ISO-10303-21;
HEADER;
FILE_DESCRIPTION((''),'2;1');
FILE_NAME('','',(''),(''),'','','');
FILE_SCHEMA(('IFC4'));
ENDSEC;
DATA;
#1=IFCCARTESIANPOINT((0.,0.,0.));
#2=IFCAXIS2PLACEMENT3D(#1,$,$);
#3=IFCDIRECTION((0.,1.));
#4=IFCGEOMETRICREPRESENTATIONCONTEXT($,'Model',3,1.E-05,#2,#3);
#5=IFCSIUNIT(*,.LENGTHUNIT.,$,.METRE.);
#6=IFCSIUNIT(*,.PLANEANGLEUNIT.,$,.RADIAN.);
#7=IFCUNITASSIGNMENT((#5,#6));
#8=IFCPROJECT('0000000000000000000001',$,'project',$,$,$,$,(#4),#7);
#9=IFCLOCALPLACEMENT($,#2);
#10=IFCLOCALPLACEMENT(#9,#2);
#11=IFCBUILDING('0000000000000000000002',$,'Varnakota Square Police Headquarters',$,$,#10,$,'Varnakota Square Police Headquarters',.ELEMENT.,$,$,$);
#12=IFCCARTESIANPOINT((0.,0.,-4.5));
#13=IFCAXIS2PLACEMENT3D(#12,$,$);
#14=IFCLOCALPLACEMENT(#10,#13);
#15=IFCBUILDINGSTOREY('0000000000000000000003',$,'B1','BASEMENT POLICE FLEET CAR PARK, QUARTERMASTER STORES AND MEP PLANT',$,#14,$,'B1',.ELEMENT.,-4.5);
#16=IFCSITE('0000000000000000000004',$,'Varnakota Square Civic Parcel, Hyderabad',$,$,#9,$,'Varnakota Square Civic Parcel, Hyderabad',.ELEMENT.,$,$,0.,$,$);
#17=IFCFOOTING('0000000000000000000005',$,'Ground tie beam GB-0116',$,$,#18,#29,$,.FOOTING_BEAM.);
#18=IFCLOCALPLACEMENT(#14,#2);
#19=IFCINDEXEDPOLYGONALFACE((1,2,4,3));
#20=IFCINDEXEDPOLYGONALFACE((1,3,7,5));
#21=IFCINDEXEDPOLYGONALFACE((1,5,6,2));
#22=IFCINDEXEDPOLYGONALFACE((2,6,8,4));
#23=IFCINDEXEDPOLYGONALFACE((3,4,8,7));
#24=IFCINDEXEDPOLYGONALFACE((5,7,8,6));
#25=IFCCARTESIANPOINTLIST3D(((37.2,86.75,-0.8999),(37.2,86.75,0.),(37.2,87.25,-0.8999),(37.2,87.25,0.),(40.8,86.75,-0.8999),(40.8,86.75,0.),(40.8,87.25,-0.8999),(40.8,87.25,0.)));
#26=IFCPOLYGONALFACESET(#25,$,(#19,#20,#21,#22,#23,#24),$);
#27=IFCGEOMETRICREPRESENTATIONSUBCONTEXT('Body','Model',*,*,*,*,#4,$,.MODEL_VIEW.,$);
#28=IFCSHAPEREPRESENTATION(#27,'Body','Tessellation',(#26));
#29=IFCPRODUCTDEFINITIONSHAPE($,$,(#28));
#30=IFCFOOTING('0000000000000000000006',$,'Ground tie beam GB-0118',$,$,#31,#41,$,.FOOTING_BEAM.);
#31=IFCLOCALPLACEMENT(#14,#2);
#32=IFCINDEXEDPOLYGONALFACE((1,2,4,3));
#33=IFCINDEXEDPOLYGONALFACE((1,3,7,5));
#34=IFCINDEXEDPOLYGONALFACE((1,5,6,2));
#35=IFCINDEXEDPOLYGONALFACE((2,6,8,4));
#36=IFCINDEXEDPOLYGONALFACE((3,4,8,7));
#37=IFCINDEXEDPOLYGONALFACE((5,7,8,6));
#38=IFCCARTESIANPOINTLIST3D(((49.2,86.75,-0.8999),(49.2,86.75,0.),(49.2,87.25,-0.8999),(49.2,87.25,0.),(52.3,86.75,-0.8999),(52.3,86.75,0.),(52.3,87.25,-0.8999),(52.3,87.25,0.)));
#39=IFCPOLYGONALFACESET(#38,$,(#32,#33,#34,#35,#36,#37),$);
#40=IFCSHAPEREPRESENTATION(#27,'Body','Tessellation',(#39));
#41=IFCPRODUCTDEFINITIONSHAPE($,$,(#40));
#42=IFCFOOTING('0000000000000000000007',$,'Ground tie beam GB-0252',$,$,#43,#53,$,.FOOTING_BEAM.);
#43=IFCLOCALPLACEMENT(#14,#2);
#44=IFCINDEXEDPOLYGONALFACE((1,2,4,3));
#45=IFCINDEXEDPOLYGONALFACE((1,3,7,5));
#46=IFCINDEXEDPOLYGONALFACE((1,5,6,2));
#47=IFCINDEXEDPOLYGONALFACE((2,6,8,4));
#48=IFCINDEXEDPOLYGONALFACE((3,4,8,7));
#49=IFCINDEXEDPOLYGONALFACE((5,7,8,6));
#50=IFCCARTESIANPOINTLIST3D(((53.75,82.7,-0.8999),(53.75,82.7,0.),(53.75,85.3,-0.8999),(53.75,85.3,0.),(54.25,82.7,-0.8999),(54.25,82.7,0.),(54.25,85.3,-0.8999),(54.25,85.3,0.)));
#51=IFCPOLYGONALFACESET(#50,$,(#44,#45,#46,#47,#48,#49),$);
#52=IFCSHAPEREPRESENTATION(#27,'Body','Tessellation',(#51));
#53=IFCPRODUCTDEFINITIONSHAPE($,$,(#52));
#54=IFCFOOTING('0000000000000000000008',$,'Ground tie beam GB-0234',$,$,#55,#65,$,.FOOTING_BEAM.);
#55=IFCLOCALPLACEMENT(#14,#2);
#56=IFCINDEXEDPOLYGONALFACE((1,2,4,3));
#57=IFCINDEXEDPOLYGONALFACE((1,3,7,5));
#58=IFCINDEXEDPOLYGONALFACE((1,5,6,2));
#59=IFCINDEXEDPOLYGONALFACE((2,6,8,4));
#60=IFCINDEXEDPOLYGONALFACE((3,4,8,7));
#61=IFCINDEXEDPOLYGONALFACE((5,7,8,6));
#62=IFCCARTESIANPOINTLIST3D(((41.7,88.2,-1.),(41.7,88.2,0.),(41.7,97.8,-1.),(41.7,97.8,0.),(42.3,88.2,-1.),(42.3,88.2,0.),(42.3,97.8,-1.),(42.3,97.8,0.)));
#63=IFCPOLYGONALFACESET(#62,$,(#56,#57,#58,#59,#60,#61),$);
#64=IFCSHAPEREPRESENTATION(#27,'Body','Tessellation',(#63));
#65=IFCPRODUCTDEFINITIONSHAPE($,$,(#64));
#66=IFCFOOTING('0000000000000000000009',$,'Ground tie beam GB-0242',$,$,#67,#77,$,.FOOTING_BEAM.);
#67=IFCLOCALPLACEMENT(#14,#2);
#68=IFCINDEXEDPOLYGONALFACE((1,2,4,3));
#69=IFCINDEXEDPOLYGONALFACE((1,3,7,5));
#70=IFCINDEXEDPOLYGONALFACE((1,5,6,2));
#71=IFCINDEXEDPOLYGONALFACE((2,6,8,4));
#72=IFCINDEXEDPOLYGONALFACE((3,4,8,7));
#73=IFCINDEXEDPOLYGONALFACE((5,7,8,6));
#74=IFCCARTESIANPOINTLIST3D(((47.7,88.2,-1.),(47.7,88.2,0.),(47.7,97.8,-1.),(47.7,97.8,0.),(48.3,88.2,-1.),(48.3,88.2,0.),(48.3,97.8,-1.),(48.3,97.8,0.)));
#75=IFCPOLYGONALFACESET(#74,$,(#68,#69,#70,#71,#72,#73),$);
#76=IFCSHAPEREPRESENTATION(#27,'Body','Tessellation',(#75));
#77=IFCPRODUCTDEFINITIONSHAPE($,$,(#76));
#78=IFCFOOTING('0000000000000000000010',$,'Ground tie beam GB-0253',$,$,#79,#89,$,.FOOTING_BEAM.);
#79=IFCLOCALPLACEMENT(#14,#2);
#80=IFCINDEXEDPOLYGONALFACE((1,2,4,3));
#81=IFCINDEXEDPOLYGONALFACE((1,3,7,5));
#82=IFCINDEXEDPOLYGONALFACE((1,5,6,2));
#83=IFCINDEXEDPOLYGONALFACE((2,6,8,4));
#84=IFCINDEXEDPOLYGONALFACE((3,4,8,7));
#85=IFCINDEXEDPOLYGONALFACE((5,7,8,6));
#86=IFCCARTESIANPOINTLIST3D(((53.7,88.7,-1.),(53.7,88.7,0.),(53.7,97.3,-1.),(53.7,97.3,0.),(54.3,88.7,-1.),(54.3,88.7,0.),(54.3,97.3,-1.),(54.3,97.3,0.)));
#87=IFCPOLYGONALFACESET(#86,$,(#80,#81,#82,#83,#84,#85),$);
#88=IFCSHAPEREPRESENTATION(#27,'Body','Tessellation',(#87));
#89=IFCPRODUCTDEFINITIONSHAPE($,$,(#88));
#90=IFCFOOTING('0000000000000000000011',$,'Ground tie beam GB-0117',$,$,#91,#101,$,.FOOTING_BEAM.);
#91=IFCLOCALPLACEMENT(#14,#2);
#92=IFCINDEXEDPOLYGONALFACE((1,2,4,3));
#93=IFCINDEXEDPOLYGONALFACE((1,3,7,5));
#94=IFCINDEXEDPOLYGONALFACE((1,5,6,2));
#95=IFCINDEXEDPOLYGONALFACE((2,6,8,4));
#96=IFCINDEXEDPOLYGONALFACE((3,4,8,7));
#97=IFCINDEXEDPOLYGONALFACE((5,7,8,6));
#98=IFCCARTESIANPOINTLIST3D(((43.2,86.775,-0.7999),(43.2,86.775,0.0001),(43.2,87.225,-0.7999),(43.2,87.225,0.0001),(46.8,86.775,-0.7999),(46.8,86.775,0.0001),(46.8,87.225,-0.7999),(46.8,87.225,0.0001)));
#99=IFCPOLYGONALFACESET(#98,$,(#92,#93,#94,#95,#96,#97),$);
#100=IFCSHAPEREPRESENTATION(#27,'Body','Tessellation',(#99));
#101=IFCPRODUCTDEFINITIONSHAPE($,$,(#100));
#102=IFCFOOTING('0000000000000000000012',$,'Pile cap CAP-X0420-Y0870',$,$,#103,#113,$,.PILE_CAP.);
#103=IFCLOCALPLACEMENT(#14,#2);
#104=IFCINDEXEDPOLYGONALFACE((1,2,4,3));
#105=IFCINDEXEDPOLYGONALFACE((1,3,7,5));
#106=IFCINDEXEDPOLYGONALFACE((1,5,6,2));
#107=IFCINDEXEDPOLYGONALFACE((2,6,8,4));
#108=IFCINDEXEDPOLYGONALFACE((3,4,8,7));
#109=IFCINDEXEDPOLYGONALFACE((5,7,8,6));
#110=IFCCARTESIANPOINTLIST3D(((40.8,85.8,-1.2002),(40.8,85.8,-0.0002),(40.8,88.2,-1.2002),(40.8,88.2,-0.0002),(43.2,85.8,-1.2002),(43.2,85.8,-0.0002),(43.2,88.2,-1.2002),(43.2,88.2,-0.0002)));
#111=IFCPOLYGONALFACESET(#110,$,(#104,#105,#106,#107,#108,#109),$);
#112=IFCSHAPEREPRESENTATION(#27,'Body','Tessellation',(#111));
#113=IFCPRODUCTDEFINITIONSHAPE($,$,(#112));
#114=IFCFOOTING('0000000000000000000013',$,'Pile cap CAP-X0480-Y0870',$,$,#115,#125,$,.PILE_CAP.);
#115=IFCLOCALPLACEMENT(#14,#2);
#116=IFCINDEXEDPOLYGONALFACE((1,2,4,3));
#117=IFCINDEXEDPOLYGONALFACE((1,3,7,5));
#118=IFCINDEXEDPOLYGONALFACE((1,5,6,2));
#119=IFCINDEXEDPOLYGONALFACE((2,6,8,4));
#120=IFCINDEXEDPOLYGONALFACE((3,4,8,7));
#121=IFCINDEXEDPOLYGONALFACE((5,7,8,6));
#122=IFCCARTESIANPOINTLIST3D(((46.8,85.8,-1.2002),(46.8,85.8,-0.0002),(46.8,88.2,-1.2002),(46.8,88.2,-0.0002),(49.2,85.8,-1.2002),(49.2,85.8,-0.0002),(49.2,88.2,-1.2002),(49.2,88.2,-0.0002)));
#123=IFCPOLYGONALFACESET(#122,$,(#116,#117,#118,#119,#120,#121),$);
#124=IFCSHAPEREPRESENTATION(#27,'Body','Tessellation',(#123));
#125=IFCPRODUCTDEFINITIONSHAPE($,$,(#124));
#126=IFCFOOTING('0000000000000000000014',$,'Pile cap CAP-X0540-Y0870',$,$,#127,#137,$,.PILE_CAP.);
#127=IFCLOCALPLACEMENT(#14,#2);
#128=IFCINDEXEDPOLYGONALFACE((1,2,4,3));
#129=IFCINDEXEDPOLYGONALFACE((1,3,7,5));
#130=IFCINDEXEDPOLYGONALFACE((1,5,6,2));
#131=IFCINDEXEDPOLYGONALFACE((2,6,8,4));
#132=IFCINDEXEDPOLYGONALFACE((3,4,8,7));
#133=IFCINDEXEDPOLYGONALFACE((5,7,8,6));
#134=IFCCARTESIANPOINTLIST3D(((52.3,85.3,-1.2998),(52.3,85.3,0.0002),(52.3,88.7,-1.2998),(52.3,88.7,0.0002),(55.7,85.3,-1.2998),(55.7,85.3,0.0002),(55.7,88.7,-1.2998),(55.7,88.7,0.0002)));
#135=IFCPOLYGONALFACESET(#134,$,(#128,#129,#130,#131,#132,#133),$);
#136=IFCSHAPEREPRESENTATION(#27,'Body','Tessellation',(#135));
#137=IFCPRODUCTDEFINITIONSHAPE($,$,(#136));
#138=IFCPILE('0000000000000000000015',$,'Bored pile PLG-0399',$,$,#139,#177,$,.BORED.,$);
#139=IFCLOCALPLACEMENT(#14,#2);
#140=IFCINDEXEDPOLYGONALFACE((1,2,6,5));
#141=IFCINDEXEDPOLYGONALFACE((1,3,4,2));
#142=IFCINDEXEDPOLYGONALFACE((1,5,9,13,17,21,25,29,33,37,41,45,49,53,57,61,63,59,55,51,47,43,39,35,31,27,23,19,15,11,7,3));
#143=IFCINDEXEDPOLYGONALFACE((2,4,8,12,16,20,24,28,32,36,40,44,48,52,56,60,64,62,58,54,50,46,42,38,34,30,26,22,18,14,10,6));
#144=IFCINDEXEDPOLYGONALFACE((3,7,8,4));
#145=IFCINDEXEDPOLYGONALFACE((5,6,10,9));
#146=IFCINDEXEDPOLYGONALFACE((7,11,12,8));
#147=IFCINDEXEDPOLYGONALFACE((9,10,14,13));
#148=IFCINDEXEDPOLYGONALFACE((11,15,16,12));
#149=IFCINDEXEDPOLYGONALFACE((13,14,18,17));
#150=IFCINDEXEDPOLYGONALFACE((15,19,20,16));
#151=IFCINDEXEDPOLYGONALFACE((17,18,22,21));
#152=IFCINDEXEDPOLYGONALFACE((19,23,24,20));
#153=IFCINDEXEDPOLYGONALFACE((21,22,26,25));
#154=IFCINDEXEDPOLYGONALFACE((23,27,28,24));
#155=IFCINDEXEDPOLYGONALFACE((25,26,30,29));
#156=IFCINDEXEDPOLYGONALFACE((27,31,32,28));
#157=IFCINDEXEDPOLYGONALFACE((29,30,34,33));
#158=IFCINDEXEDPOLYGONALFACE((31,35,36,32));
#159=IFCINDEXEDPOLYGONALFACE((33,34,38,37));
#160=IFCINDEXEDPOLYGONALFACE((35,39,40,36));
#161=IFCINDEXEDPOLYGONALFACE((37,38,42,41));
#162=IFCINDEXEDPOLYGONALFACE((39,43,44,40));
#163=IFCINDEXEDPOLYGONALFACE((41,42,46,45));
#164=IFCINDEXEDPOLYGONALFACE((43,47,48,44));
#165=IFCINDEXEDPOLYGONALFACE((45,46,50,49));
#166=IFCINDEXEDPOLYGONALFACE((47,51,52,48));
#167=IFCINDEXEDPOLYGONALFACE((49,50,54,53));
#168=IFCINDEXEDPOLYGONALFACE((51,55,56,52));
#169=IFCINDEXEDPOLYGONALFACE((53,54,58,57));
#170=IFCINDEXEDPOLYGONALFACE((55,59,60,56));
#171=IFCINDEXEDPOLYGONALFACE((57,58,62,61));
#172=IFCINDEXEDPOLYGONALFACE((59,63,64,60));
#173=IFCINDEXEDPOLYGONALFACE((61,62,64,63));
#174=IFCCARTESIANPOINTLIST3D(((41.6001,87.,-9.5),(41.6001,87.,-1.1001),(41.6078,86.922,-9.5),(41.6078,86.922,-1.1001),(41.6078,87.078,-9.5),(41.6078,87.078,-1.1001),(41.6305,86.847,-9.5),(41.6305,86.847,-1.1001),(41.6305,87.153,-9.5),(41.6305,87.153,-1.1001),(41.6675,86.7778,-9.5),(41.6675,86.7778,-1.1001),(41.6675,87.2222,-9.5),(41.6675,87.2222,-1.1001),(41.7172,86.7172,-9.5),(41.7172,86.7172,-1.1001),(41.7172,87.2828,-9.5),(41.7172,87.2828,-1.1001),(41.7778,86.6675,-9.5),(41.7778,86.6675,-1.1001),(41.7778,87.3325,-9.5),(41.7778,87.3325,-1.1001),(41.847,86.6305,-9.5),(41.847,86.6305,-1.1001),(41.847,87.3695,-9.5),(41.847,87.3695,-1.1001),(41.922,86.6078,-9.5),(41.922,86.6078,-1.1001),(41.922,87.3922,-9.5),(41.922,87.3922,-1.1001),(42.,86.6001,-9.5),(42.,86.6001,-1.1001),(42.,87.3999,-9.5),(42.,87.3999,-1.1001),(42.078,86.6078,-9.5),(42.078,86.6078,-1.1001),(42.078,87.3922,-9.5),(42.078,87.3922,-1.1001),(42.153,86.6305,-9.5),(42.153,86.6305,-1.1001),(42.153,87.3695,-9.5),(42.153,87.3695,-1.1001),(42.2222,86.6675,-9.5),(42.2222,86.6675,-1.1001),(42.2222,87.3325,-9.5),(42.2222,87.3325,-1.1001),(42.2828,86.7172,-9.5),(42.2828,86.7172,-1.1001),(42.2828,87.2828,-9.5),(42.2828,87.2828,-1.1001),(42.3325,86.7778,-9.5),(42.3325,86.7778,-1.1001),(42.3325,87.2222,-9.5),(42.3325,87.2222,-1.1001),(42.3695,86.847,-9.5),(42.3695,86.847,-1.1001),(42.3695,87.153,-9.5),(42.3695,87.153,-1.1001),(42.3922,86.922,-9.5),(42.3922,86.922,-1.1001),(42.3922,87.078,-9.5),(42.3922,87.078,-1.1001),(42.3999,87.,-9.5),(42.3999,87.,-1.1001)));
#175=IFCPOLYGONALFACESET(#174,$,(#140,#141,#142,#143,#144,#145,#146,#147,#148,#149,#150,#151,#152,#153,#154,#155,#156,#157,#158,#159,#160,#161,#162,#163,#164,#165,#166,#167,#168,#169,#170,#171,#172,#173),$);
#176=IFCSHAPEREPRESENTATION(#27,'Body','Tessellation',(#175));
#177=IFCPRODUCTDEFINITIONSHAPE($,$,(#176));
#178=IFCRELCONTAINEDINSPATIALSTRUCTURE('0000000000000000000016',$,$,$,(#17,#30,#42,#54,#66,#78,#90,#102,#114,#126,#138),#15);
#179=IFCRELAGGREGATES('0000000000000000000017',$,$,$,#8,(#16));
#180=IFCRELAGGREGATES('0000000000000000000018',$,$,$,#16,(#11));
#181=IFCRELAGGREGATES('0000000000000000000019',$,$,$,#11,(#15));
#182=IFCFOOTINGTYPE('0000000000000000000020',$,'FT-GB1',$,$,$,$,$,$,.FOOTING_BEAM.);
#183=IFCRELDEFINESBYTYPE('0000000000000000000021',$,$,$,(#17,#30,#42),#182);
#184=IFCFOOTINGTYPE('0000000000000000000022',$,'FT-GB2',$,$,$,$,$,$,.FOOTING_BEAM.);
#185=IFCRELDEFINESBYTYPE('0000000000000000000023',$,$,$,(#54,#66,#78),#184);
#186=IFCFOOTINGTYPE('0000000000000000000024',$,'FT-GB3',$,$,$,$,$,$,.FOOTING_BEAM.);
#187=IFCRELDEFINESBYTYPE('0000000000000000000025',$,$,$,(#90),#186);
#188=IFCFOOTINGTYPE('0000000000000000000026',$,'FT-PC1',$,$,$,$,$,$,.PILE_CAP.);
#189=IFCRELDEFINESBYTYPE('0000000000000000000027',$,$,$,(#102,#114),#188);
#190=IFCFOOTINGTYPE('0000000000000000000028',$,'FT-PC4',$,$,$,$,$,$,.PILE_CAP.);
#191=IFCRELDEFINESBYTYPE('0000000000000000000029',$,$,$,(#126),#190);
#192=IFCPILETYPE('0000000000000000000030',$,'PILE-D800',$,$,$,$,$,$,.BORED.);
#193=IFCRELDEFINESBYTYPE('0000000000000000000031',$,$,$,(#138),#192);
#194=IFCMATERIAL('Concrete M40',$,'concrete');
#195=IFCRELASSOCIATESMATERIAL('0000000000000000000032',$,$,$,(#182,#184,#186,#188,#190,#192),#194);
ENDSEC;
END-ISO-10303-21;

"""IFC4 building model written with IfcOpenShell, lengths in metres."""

from ifc_helpers import new_model, si_unit, direction, frame, origin, origin_2d, place, context, subcontext, project, spatial, rectangle, circle, extrude, material, material_profile, profile_set, type_object, element, save


model = new_model("IFC4")

# Units and contexts
model_context = context("Model", 3, precision=1e-05, world=origin(), true_north=direction((0.0, 1.0)))
body_context = subcontext(model_context, "Body", "Model", "MODEL_VIEW")
ifc_project = project(units=[si_unit("LENGTHUNIT", "METRE"), si_unit("PLANEANGLEUNIT", "RADIAN")], contexts=[model_context])

# Site, building, storey
site_placement = place(None, origin())
site = spatial("IfcSite", under=ifc_project, at=site_placement, Name="Varnakota Square Civic Parcel, Hyderabad", LongName="Varnakota Square Civic Parcel, Hyderabad", CompositionType="ELEMENT", RefElevation=0.0)
building_placement = place(site_placement, origin())
building = spatial("IfcBuilding", under=site, at=building_placement, Name="Varnakota Square Police Headquarters", LongName="Varnakota Square Police Headquarters", CompositionType="ELEMENT")
storey_placement = place(building_placement, frame((0.0, 0.0, -4.5)))
storey = spatial("IfcBuildingStorey", under=building, at=storey_placement, Name="B1", Description="BASEMENT POLICE FLEET CAR PARK, QUARTERMASTER STORES AND MEP PLANT", LongName="B1", CompositionType="ELEMENT", Elevation=-4.5)

# Footings
ifc_material_1 = material(Name="Concrete M40", Category="concrete")
ifc_material_profile_1 = material_profile(ifc_material_1, rectangle(XDim=0.5, YDim=0.8999, at=origin_2d()), Name="GB 500x900")
ifc_profile_set_1 = profile_set([ifc_material_profile_1], Name="Concrete M40")
footing_type_1 = type_object("IfcFootingType", Name="FT-GB1", PredefinedType="FOOTING_BEAM", material=ifc_profile_set_1)
footing_1_placement = place(storey_placement, frame((37.2, 87.0, -0.45), z_axis=(1.0, 0.0, 0.0), x_axis=(0.0, 1.0, 0.0)))
element("IfcFooting", 1, at=footing_1_placement, inside=storey, type_object=footing_type_1, Name="Ground tie beam GB-0116", PredefinedType="FOOTING_BEAM", context=body_context, shape_type="SweptSolid", body=[
    extrude(rectangle(XDim=0.5, YDim=0.8999, at=origin_2d()), origin(), (0.0, 0.0, 1.0), 3.6001),
])
footing_2_placement = place(storey_placement, frame((49.2, 87.0, -0.45), z_axis=(1.0, 0.0, 0.0), x_axis=(0.0, 1.0, 0.0)))
element("IfcFooting", 2, at=footing_2_placement, inside=storey, type_object=footing_type_1, Name="Ground tie beam GB-0118", PredefinedType="FOOTING_BEAM", context=body_context, shape_type="SweptSolid", body=[
    extrude(rectangle(XDim=0.5, YDim=0.8999, at=origin_2d()), origin(), (0.0, 0.0, 1.0), 3.1001),
])
footing_3_placement = place(storey_placement, frame((54.0, 82.7, -0.45), z_axis=(0.0, 1.0, 0.0), x_axis=(-1.0, 0.0, 0.0)))
element("IfcFooting", 3, at=footing_3_placement, inside=storey, type_object=footing_type_1, Name="Ground tie beam GB-0252", PredefinedType="FOOTING_BEAM", context=body_context, shape_type="SweptSolid", body=[
    extrude(rectangle(XDim=0.5, YDim=0.8999, at=origin_2d()), origin(), (0.0, 0.0, 1.0), 2.6001),
])
ifc_material_profile_2 = material_profile(ifc_material_1, rectangle(XDim=0.6001, YDim=1.0, at=origin_2d()), Name="GB 600x1000")
ifc_profile_set_2 = profile_set([ifc_material_profile_2], Name="Concrete M40")
footing_type_2 = type_object("IfcFootingType", Name="FT-GB2", PredefinedType="FOOTING_BEAM", material=ifc_profile_set_2)
for number, where, z_axis, x_axis, name in (
    (4, (42.0, 88.2, -0.5), (0.0, 1.0, 0.0), (-1.0, 0.0, 0.0), "Ground tie beam GB-0234"),
    (5, (48.0, 88.2, -0.5), (0.0, 1.0, 0.0), (-1.0, 0.0, 0.0), "Ground tie beam GB-0242"),
):
    element("IfcFooting", number, at=place(storey_placement, frame(where, z_axis=z_axis, x_axis=x_axis)), inside=storey, type_object=footing_type_2, Name=name, PredefinedType="FOOTING_BEAM", context=body_context, shape_type="SweptSolid", body=[
        extrude(rectangle(XDim=0.6001, YDim=1.0, at=origin_2d()), origin(), (0.0, 0.0, 1.0), 9.6001),
    ])
footing_4_placement = place(storey_placement, frame((54.0, 88.7, -0.5), z_axis=(0.0, 1.0, 0.0), x_axis=(-1.0, 0.0, 0.0)))
element("IfcFooting", 6, at=footing_4_placement, inside=storey, type_object=footing_type_2, Name="Ground tie beam GB-0253", PredefinedType="FOOTING_BEAM", context=body_context, shape_type="SweptSolid", body=[
    extrude(rectangle(XDim=0.6001, YDim=1.0, at=origin_2d()), origin(), (0.0, 0.0, 1.0), 8.6001),
])
ifc_material_profile_3 = material_profile(ifc_material_1, rectangle(XDim=0.45, YDim=0.8, at=origin_2d()), Name="GB 450x800")
ifc_profile_set_3 = profile_set([ifc_material_profile_3], Name="Concrete M40")
footing_type_3 = type_object("IfcFootingType", Name="FT-GB3", PredefinedType="FOOTING_BEAM", material=ifc_profile_set_3)
footing_5_placement = place(storey_placement, frame((43.2, 87.0, -0.3999), z_axis=(1.0, 0.0, 0.0), x_axis=(0.0, 1.0, 0.0)))
element("IfcFooting", 7, at=footing_5_placement, inside=storey, type_object=footing_type_3, Name="Ground tie beam GB-0117", PredefinedType="FOOTING_BEAM", context=body_context, shape_type="SweptSolid", body=[
    extrude(rectangle(XDim=0.45, YDim=0.8, at=origin_2d()), origin(), (0.0, 0.0, 1.0), 3.6001),
])
footing_type_4 = type_object("IfcFootingType", Name="FT-PC1", PredefinedType="PILE_CAP", material=ifc_material_1)
for number, where, z_axis, x_axis, name in (
    (8, (42.0, 87.0, -1.2002), (0.0, 0.0, 1.0), (1.0, 0.0, 0.0), "Pile cap CAP-X0420-Y0870"),
    (9, (48.0, 87.0, -1.2002), (0.0, 0.0, 1.0), (1.0, 0.0, 0.0), "Pile cap CAP-X0480-Y0870"),
):
    element("IfcFooting", number, at=place(storey_placement, frame(where, z_axis=z_axis, x_axis=x_axis)), inside=storey, type_object=footing_type_4, Name=name, PredefinedType="PILE_CAP", context=body_context, shape_type="SweptSolid", body=[
        extrude(rectangle(XDim=2.3999, YDim=2.3999, at=origin_2d()), origin(), (0.0, 0.0, 1.0), 1.2),
    ])
footing_type_5 = type_object("IfcFootingType", Name="FT-PC4", PredefinedType="PILE_CAP", material=ifc_material_1)
footing_6_placement = place(storey_placement, frame((54.0, 87.0, -1.2998), z_axis=(0.0, 0.0, 1.0), x_axis=(1.0, 0.0, 0.0)))
element("IfcFooting", 10, at=footing_6_placement, inside=storey, type_object=footing_type_5, Name="Pile cap CAP-X0540-Y0870", PredefinedType="PILE_CAP", context=body_context, shape_type="SweptSolid", body=[
    extrude(rectangle(XDim=3.3999, YDim=3.3999, at=origin_2d()), origin(), (0.0, 0.0, 1.0), 1.3),
])

# Pile
ifc_material_profile_4 = material_profile(ifc_material_1, circle(Radius=0.3999, at=origin_2d()), Name="BORED PILE 800")
ifc_profile_set_4 = profile_set([ifc_material_profile_4], Name="Concrete M40")
pile_type = type_object("IfcPileType", Name="PILE-D800", PredefinedType="BORED", material=ifc_profile_set_4)
for number, where, z_axis, x_axis, name in (
    (11, (42.0, 87.0, -1.1001), (0.0, 0.0, -1.0), (1.0, 0.0, 0.0), "Bored pile PLG-0399"),
):
    element("IfcPile", number, at=place(storey_placement, frame(where, z_axis=z_axis, x_axis=x_axis)), inside=storey, type_object=pile_type, Name=name, PredefinedType="BORED", context=body_context, shape_type="SweptSolid", body=[
        extrude(circle(Radius=0.3999, at=origin_2d()), origin(), (0.0, 0.0, 1.0), 8.3999),
    ])

save(model, "model.ifc")
